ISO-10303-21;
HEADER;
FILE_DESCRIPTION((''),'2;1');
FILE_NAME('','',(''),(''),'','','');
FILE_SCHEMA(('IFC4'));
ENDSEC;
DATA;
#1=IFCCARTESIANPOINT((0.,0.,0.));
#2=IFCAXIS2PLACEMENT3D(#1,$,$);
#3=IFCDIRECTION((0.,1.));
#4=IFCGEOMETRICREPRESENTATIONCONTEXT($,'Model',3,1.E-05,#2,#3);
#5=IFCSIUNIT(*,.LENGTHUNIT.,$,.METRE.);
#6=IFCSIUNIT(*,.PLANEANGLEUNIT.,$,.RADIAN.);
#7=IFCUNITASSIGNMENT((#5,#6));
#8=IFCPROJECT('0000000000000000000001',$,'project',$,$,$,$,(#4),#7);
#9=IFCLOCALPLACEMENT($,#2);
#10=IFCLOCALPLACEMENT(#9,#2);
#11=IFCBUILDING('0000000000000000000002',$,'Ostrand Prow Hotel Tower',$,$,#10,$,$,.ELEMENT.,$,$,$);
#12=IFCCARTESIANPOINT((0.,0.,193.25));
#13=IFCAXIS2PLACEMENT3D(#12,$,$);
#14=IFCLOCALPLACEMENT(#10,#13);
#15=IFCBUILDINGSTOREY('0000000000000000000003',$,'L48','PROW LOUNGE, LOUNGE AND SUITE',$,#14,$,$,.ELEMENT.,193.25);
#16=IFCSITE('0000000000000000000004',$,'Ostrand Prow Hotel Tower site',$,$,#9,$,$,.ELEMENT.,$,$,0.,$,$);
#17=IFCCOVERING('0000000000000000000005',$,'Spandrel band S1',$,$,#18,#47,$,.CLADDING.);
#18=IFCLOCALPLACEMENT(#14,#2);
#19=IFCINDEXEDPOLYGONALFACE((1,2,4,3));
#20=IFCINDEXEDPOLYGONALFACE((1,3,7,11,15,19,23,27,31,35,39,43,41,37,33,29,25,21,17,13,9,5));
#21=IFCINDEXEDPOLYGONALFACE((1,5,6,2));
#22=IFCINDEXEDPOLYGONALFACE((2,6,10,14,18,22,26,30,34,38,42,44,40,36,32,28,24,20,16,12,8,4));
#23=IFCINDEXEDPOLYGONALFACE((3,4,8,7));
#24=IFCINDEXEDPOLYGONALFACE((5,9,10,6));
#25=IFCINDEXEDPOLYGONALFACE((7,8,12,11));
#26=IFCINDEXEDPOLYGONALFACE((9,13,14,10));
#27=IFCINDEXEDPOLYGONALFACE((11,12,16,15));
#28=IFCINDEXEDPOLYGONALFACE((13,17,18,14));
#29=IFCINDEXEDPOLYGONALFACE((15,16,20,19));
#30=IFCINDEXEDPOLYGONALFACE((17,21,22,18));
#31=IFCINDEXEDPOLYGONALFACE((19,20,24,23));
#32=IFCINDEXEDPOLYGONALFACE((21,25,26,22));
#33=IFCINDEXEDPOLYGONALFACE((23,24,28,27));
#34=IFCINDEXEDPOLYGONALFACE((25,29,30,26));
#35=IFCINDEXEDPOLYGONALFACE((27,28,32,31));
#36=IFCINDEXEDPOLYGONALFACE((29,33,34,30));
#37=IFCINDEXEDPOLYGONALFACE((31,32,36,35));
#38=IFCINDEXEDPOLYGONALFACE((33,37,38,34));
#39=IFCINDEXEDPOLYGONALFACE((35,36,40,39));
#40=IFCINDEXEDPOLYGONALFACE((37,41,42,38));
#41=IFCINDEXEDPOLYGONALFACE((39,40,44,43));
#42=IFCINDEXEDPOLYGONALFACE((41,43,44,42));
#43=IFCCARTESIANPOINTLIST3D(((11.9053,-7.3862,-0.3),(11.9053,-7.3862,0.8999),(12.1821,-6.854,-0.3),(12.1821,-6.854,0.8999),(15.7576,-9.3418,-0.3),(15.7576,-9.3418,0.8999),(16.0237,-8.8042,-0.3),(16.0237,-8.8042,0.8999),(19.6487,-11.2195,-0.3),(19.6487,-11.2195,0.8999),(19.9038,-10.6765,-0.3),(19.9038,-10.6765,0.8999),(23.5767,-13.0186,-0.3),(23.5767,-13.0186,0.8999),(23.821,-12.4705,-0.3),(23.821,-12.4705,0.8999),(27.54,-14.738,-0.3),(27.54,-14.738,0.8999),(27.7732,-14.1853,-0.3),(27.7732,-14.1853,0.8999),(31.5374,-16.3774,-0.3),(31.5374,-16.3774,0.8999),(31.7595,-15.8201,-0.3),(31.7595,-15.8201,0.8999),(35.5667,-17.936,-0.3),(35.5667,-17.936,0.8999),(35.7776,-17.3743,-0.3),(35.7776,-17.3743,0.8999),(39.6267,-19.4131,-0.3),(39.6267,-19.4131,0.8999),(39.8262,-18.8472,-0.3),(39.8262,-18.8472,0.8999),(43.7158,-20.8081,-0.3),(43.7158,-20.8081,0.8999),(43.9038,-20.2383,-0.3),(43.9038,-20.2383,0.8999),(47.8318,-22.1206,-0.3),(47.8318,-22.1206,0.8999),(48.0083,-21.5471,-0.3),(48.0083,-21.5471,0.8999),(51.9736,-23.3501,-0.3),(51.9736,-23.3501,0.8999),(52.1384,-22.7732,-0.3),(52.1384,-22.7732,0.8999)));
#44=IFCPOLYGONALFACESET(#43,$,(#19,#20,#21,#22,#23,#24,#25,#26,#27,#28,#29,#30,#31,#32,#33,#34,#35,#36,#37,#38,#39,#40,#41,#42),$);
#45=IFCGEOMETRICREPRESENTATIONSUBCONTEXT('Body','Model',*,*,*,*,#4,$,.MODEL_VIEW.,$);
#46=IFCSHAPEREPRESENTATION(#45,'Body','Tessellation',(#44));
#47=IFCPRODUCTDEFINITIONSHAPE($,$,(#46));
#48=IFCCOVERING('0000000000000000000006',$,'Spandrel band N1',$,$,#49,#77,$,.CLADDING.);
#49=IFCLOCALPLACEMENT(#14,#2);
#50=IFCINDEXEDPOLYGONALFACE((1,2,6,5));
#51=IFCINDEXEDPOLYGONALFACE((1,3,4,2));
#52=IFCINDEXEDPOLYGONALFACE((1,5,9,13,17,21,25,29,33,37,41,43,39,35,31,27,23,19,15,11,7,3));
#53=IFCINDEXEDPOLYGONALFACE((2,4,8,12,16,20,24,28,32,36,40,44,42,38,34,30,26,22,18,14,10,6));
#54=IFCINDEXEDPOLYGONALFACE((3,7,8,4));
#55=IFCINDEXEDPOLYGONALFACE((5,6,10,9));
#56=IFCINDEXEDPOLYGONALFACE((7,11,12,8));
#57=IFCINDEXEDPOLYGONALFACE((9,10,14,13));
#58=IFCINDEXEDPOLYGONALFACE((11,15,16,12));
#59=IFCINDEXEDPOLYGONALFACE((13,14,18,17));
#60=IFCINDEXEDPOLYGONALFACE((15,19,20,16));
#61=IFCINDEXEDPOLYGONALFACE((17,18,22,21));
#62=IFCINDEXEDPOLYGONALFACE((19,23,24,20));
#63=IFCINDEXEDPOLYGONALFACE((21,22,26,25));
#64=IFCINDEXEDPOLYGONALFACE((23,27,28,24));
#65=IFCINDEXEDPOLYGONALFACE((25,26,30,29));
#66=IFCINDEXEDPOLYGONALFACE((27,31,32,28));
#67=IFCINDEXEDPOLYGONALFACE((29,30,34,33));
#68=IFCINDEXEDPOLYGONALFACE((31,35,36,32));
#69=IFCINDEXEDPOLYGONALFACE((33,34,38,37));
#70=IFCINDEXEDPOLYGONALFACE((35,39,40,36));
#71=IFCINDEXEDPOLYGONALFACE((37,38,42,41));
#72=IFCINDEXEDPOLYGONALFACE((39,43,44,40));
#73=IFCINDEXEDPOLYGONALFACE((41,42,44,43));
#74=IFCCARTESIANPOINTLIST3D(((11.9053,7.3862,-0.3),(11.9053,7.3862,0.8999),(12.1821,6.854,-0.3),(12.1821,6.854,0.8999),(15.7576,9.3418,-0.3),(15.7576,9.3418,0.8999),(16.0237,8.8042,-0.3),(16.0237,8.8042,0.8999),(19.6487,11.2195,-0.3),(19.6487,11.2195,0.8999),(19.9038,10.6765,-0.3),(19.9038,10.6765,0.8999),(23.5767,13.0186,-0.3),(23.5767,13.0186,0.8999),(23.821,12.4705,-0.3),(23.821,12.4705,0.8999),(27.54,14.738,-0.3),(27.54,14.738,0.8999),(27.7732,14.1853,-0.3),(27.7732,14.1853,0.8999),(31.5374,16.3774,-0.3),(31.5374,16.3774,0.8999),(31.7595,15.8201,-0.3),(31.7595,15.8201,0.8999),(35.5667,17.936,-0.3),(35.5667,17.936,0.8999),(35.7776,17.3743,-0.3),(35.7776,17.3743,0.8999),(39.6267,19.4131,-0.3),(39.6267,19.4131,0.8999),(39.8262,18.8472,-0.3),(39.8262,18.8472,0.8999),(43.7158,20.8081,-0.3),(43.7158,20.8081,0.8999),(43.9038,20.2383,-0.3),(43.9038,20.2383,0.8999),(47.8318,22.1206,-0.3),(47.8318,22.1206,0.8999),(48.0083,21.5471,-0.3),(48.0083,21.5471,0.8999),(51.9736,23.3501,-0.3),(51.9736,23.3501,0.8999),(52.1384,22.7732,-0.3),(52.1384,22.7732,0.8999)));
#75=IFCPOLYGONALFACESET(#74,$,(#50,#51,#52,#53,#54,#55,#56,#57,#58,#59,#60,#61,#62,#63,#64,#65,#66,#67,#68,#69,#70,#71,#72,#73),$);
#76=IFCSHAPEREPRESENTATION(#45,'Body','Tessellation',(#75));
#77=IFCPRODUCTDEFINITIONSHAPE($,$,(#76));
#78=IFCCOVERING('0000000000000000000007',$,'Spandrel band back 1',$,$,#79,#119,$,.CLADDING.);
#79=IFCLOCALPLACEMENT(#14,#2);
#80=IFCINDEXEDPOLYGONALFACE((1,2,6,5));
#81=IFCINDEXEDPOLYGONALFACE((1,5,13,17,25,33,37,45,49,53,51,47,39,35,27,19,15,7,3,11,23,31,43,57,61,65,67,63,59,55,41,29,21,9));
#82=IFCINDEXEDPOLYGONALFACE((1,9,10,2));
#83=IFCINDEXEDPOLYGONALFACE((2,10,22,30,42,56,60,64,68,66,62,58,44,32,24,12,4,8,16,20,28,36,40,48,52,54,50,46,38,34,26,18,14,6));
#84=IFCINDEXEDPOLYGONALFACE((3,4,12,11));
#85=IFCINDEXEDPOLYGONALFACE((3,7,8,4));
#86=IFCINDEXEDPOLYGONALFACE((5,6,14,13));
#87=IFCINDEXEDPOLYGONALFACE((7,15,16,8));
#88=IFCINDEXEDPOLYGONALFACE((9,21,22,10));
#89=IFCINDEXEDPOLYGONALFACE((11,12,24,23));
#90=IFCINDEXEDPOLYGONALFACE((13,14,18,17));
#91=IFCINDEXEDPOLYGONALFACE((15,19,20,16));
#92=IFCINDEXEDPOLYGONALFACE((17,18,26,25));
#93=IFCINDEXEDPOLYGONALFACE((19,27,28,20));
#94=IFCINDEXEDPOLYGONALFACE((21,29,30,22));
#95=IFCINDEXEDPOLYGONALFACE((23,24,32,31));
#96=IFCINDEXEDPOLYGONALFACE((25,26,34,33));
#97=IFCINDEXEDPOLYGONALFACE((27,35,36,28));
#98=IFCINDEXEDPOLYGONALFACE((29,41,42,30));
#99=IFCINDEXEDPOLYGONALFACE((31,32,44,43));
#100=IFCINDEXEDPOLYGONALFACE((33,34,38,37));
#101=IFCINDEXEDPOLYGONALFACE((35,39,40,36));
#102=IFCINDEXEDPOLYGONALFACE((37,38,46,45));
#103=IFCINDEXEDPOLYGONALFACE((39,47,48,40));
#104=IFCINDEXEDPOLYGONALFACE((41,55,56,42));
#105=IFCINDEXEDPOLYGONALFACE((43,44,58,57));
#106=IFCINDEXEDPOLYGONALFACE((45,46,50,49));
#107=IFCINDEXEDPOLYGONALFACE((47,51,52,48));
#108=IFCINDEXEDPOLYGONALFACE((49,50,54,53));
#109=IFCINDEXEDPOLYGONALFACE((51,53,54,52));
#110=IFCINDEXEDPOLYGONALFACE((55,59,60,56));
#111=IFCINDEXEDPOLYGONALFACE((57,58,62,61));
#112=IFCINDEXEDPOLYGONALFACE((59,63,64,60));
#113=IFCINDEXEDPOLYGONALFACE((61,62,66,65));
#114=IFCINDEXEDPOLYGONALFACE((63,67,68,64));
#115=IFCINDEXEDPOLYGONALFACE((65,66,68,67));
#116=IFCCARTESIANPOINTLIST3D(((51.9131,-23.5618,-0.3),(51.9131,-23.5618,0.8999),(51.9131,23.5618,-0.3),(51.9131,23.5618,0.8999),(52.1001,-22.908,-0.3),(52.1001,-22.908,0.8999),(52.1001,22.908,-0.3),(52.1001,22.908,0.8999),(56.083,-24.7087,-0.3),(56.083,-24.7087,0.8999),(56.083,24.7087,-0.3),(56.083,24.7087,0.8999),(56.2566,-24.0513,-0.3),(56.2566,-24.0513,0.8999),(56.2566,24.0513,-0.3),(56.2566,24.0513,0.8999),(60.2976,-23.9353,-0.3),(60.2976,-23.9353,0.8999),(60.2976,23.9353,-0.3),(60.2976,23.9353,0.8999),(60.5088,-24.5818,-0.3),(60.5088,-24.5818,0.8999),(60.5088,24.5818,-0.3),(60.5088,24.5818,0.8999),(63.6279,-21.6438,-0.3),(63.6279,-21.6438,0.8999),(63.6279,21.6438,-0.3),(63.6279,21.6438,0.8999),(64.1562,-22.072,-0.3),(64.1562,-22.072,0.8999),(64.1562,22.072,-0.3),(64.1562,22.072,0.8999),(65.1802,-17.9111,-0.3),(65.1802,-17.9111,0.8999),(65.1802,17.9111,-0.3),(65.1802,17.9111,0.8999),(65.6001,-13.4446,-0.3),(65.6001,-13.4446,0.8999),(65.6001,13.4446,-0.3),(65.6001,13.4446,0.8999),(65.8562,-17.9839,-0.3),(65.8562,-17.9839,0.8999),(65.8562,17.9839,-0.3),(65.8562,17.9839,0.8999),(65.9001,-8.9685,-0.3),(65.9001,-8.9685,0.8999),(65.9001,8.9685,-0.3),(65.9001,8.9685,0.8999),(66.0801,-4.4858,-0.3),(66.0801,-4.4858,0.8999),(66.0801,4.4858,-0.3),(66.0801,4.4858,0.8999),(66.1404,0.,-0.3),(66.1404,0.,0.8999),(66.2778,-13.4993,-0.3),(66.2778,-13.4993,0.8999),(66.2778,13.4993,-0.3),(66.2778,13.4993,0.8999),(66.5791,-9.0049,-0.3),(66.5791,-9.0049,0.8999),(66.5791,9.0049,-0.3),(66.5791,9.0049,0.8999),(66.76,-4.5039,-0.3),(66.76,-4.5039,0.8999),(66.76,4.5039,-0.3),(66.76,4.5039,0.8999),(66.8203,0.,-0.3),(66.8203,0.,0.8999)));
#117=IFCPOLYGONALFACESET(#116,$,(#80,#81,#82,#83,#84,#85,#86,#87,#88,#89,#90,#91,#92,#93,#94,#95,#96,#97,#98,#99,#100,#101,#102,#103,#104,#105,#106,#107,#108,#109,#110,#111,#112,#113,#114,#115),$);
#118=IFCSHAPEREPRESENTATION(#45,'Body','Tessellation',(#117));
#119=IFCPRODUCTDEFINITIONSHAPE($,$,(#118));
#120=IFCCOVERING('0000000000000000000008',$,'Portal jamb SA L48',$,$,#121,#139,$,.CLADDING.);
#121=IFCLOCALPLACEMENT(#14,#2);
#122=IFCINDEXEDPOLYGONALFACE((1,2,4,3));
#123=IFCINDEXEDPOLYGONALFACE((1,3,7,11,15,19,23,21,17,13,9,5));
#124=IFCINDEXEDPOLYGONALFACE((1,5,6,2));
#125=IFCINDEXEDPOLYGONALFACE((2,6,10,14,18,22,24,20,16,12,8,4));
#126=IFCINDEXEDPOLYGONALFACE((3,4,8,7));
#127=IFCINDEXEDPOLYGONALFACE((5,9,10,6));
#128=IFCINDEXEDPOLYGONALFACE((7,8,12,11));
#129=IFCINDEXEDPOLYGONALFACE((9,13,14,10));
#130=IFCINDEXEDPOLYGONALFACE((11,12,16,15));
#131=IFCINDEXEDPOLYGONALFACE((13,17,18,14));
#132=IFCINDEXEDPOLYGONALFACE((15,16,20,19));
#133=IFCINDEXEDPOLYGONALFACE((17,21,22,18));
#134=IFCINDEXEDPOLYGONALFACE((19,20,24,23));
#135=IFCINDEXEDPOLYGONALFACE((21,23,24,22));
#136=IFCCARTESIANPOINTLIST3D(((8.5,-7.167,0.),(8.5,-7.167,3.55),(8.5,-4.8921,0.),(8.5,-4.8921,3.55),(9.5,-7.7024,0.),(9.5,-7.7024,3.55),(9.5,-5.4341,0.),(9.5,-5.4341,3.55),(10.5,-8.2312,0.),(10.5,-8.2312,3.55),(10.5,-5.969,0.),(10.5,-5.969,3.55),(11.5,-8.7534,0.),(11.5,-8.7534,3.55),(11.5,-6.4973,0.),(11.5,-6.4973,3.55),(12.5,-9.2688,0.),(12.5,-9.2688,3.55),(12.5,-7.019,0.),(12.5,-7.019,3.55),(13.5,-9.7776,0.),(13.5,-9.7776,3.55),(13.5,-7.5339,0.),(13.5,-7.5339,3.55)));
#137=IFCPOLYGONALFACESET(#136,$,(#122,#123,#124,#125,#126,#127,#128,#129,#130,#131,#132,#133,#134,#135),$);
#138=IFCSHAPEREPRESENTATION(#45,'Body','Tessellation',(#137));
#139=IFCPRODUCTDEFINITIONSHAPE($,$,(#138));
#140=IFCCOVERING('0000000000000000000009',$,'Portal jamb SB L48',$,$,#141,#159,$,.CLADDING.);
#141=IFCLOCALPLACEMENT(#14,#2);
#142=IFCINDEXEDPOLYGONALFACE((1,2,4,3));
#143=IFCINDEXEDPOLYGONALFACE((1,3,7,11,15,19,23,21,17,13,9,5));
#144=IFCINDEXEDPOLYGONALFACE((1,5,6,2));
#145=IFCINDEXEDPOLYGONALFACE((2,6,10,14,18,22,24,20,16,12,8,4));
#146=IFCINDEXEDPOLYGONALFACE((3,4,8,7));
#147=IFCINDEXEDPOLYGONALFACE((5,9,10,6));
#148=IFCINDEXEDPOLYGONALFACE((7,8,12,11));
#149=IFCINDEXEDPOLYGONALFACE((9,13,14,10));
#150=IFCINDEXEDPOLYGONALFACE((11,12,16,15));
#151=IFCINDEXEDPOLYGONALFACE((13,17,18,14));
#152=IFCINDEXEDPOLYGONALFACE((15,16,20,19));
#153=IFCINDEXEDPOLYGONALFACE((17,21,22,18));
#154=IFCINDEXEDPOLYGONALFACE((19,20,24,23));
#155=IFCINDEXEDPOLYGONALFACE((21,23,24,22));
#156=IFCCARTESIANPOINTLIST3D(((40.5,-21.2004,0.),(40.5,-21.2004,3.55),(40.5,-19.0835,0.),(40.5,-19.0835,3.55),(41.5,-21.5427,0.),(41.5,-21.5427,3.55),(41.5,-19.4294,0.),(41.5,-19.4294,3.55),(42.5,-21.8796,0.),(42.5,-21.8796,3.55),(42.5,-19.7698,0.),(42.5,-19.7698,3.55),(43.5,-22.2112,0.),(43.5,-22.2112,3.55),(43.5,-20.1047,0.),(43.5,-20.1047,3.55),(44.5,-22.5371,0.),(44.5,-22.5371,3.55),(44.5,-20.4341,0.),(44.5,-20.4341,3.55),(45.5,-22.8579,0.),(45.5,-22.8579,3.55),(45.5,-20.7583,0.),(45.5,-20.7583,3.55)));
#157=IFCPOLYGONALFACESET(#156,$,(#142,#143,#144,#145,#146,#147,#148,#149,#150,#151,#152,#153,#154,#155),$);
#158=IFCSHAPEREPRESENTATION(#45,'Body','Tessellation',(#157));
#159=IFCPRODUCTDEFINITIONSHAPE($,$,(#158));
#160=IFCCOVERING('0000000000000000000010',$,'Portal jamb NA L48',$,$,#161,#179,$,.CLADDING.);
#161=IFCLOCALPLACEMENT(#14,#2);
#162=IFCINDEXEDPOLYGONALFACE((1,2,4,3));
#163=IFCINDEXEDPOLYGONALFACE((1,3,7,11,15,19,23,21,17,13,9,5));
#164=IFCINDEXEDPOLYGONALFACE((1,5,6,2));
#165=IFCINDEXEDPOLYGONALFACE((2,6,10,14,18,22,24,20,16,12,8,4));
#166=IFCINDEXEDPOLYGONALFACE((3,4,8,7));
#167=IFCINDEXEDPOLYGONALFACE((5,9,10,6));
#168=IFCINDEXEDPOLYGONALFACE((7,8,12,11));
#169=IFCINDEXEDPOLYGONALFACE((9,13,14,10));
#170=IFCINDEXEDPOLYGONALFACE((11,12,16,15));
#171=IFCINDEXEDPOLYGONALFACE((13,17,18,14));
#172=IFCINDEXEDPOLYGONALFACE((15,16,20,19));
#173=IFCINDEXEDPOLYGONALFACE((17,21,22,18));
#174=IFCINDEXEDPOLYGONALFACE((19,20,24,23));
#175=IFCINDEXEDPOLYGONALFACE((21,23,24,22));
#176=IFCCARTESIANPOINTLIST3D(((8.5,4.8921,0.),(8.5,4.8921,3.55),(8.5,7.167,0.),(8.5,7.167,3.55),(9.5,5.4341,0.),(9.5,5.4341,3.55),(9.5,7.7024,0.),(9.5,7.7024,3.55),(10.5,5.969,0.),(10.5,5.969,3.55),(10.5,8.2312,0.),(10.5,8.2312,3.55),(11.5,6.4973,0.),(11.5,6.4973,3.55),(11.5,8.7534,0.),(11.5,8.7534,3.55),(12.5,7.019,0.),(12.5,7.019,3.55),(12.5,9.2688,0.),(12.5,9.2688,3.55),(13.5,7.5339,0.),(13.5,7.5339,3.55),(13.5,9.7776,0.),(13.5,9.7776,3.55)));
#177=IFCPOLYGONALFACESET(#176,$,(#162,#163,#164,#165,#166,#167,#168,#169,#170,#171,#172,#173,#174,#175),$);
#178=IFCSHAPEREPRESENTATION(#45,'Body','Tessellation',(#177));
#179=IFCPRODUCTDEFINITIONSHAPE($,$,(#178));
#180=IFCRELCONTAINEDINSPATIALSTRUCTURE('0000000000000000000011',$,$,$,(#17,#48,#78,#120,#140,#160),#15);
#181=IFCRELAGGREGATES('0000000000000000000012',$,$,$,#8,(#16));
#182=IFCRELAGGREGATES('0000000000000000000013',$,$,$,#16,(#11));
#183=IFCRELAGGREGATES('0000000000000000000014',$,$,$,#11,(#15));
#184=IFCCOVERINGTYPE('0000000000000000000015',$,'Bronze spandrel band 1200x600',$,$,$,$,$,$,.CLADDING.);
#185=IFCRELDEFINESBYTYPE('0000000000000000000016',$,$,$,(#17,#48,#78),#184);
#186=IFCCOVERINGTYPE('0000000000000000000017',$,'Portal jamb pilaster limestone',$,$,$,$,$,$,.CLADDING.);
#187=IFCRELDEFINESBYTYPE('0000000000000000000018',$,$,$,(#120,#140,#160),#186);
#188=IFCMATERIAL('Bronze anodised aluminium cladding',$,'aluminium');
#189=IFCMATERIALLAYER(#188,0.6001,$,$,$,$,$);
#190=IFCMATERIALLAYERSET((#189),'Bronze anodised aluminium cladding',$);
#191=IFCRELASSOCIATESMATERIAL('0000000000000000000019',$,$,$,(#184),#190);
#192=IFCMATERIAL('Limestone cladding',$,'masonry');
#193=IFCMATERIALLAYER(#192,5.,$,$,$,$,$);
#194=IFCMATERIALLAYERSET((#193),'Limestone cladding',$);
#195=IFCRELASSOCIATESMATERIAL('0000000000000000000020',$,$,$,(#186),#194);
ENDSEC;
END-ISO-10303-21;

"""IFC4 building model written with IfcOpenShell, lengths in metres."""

from ifc_helpers import new_model, si_unit, direction, frame, origin, place, context, subcontext, project, spatial, polyline, outline, extrude, material, layer, layer_set, type_object, element, save


model = new_model("IFC4")

# Units and contexts
model_context = context("Model", 3, precision=1e-05, world=origin(), true_north=direction((0.0, 1.0)))
body_context = subcontext(model_context, "Body", "Model", "MODEL_VIEW")
ifc_project = project(units=[si_unit("LENGTHUNIT", "METRE"), si_unit("PLANEANGLEUNIT", "RADIAN")], contexts=[model_context])

# Site, building, storey
site_placement = place(None, origin())
site = spatial("IfcSite", under=ifc_project, at=site_placement, Name="Ostrand Prow Hotel Tower site", CompositionType="ELEMENT", RefElevation=0.0)
building_placement = place(site_placement, origin())
building = spatial("IfcBuilding", under=site, at=building_placement, Name="Ostrand Prow Hotel Tower", CompositionType="ELEMENT")
storey_placement = place(building_placement, frame((0.0, 0.0, 193.25)))
storey = spatial("IfcBuildingStorey", under=building, at=storey_placement, Name="L48", Description="PROW LOUNGE, LOUNGE AND SUITE", CompositionType="ELEMENT", Elevation=193.25)

# Coverings
ifc_material_1 = material(Name="Bronze anodised aluminium cladding", Category="aluminium")
ifc_layer_1 = layer(ifc_material_1, 0.6001)
ifc_layer_set_1 = layer_set([ifc_layer_1], Name="Bronze anodised aluminium cladding")
covering_type_1 = type_object("IfcCoveringType", Name="Bronze spandrel band 1200x600", PredefinedType="CLADDING", material=ifc_layer_set_1)
covering_1_placement = place(storey_placement, frame((0.0, 0.0, -0.3)))
element("IfcCovering", 1, at=covering_1_placement, inside=storey, type_object=covering_type_1, Name="Spandrel band S1", PredefinedType="CLADDING", context=body_context, shape_type="SweptSolid", body=[
    extrude(outline(polyline([(11.9053, -7.3862), (15.7576, -9.3418), (19.6487, -11.2195), (23.5767, -13.0186), (27.54, -14.738), (31.5374, -16.3774), (35.5667, -17.936), (39.6267, -19.4131), (43.7158, -20.8081), (47.8318, -22.1206), (51.9736, -23.3501), (52.1384, -22.7732), (48.0083, -21.5471), (43.9038, -20.2383), (39.8262, -18.8472), (35.7776, -17.3743), (31.7595, -15.8201), (27.7732, -14.1853), (23.821, -12.4705), (19.9038, -10.6765), (16.0237, -8.8042), (12.1821, -6.854), (11.9053, -7.3862)])), origin(), (0.0, 0.0, 1.0), 1.2),
])
covering_2_placement = place(storey_placement, frame((0.0, 0.0, -0.3)))
element("IfcCovering", 2, at=covering_2_placement, inside=storey, type_object=covering_type_1, Name="Spandrel band N1", PredefinedType="CLADDING", context=body_context, shape_type="SweptSolid", body=[
    extrude(outline(polyline([(51.9736, 23.3501), (47.8318, 22.1206), (43.7158, 20.8081), (39.6267, 19.4131), (35.5667, 17.936), (31.5374, 16.3774), (27.54, 14.738), (23.5767, 13.0186), (19.6487, 11.2195), (15.7576, 9.3418), (11.9053, 7.3862), (12.1821, 6.854), (16.0237, 8.8042), (19.9038, 10.6765), (23.821, 12.4705), (27.7732, 14.1853), (31.7595, 15.8201), (35.7776, 17.3743), (39.8262, 18.8472), (43.9038, 20.2383), (48.0083, 21.5471), (52.1384, 22.7732), (51.9736, 23.3501)])), origin(), (0.0, 0.0, 1.0), 1.2),
])
covering_3_placement = place(storey_placement, frame((0.0, 0.0, -0.3)))
element("IfcCovering", 3, at=covering_3_placement, inside=storey, type_object=covering_type_1, Name="Spandrel band back 1", PredefinedType="CLADDING", context=body_context, shape_type="SweptSolid", body=[
    extrude(outline(polyline([(51.9131, -23.5618), (56.083, -24.7087), (60.5088, -24.5818), (64.1562, -22.072), (65.8562, -17.9839), (66.2778, -13.4993), (66.5791, -9.0049), (66.76, -4.5039), (66.8203, 0.0), (66.76, 4.5039), (66.5791, 9.0049), (66.2778, 13.4993), (65.8562, 17.9839), (64.1562, 22.072), (60.5088, 24.5818), (56.083, 24.7087), (51.9131, 23.5618), (52.1001, 22.908), (56.2566, 24.0513), (60.2976, 23.9353), (63.6279, 21.6438), (65.1802, 17.9111), (65.6001, 13.4446), (65.9001, 8.9685), (66.0801, 4.4858), (66.1404, 0.0), (66.0801, -4.4858), (65.9001, -8.9685), (65.6001, -13.4446), (65.1802, -17.9111), (63.6279, -21.6438), (60.2976, -23.9353), (56.2566, -24.0513), (52.1001, -22.908), (51.9131, -23.5618)])), origin(), (0.0, 0.0, 1.0), 1.2),
])
ifc_material_2 = material(Name="Limestone cladding", Category="masonry")
ifc_layer_2 = layer(ifc_material_2, 5.0)
ifc_layer_set_2 = layer_set([ifc_layer_2], Name="Limestone cladding")
covering_type_2 = type_object("IfcCoveringType", Name="Portal jamb pilaster limestone", PredefinedType="CLADDING", material=ifc_layer_set_2)
covering_4_placement = place(storey_placement, origin())
element("IfcCovering", 4, at=covering_4_placement, inside=storey, type_object=covering_type_2, Name="Portal jamb SA L48", PredefinedType="CLADDING", context=body_context, shape_type="SweptSolid", body=[
    extrude(outline(polyline([(8.5, -4.8921), (8.5, -7.167), (9.5, -7.7024), (10.5, -8.2312), (11.5, -8.7534), (12.5, -9.2688), (13.5, -9.7776), (13.5, -7.5339), (12.5, -7.019), (11.5, -6.4973), (10.5, -5.969), (9.5, -5.4341), (8.5, -4.8921)])), origin(), (0.0, 0.0, 1.0), 3.55),
])
covering_5_placement = place(storey_placement, origin())
element("IfcCovering", 5, at=covering_5_placement, inside=storey, type_object=covering_type_2, Name="Portal jamb SB L48", PredefinedType="CLADDING", context=body_context, shape_type="SweptSolid", body=[
    extrude(outline(polyline([(40.5, -19.0835), (40.5, -21.2004), (41.5, -21.5427), (42.5, -21.8796), (43.5, -22.2112), (44.5, -22.5371), (45.5, -22.8579), (45.5, -20.7583), (44.5, -20.4341), (43.5, -20.1047), (42.5, -19.7698), (41.5, -19.4294), (40.5, -19.0835)])), origin(), (0.0, 0.0, 1.0), 3.55),
])
covering_6_placement = place(storey_placement, origin())
element("IfcCovering", 6, at=covering_6_placement, inside=storey, type_object=covering_type_2, Name="Portal jamb NA L48", PredefinedType="CLADDING", context=body_context, shape_type="SweptSolid", body=[
    extrude(outline(polyline([(8.5, 4.8921), (9.5, 5.4341), (10.5, 5.969), (11.5, 6.4973), (12.5, 7.019), (13.5, 7.5339), (13.5, 9.7776), (12.5, 9.2688), (11.5, 8.7534), (10.5, 8.2312), (9.5, 7.7024), (8.5, 7.167), (8.5, 4.8921)])), origin(), (0.0, 0.0, 1.0), 3.55),
])

save(model, "model.ifc")
